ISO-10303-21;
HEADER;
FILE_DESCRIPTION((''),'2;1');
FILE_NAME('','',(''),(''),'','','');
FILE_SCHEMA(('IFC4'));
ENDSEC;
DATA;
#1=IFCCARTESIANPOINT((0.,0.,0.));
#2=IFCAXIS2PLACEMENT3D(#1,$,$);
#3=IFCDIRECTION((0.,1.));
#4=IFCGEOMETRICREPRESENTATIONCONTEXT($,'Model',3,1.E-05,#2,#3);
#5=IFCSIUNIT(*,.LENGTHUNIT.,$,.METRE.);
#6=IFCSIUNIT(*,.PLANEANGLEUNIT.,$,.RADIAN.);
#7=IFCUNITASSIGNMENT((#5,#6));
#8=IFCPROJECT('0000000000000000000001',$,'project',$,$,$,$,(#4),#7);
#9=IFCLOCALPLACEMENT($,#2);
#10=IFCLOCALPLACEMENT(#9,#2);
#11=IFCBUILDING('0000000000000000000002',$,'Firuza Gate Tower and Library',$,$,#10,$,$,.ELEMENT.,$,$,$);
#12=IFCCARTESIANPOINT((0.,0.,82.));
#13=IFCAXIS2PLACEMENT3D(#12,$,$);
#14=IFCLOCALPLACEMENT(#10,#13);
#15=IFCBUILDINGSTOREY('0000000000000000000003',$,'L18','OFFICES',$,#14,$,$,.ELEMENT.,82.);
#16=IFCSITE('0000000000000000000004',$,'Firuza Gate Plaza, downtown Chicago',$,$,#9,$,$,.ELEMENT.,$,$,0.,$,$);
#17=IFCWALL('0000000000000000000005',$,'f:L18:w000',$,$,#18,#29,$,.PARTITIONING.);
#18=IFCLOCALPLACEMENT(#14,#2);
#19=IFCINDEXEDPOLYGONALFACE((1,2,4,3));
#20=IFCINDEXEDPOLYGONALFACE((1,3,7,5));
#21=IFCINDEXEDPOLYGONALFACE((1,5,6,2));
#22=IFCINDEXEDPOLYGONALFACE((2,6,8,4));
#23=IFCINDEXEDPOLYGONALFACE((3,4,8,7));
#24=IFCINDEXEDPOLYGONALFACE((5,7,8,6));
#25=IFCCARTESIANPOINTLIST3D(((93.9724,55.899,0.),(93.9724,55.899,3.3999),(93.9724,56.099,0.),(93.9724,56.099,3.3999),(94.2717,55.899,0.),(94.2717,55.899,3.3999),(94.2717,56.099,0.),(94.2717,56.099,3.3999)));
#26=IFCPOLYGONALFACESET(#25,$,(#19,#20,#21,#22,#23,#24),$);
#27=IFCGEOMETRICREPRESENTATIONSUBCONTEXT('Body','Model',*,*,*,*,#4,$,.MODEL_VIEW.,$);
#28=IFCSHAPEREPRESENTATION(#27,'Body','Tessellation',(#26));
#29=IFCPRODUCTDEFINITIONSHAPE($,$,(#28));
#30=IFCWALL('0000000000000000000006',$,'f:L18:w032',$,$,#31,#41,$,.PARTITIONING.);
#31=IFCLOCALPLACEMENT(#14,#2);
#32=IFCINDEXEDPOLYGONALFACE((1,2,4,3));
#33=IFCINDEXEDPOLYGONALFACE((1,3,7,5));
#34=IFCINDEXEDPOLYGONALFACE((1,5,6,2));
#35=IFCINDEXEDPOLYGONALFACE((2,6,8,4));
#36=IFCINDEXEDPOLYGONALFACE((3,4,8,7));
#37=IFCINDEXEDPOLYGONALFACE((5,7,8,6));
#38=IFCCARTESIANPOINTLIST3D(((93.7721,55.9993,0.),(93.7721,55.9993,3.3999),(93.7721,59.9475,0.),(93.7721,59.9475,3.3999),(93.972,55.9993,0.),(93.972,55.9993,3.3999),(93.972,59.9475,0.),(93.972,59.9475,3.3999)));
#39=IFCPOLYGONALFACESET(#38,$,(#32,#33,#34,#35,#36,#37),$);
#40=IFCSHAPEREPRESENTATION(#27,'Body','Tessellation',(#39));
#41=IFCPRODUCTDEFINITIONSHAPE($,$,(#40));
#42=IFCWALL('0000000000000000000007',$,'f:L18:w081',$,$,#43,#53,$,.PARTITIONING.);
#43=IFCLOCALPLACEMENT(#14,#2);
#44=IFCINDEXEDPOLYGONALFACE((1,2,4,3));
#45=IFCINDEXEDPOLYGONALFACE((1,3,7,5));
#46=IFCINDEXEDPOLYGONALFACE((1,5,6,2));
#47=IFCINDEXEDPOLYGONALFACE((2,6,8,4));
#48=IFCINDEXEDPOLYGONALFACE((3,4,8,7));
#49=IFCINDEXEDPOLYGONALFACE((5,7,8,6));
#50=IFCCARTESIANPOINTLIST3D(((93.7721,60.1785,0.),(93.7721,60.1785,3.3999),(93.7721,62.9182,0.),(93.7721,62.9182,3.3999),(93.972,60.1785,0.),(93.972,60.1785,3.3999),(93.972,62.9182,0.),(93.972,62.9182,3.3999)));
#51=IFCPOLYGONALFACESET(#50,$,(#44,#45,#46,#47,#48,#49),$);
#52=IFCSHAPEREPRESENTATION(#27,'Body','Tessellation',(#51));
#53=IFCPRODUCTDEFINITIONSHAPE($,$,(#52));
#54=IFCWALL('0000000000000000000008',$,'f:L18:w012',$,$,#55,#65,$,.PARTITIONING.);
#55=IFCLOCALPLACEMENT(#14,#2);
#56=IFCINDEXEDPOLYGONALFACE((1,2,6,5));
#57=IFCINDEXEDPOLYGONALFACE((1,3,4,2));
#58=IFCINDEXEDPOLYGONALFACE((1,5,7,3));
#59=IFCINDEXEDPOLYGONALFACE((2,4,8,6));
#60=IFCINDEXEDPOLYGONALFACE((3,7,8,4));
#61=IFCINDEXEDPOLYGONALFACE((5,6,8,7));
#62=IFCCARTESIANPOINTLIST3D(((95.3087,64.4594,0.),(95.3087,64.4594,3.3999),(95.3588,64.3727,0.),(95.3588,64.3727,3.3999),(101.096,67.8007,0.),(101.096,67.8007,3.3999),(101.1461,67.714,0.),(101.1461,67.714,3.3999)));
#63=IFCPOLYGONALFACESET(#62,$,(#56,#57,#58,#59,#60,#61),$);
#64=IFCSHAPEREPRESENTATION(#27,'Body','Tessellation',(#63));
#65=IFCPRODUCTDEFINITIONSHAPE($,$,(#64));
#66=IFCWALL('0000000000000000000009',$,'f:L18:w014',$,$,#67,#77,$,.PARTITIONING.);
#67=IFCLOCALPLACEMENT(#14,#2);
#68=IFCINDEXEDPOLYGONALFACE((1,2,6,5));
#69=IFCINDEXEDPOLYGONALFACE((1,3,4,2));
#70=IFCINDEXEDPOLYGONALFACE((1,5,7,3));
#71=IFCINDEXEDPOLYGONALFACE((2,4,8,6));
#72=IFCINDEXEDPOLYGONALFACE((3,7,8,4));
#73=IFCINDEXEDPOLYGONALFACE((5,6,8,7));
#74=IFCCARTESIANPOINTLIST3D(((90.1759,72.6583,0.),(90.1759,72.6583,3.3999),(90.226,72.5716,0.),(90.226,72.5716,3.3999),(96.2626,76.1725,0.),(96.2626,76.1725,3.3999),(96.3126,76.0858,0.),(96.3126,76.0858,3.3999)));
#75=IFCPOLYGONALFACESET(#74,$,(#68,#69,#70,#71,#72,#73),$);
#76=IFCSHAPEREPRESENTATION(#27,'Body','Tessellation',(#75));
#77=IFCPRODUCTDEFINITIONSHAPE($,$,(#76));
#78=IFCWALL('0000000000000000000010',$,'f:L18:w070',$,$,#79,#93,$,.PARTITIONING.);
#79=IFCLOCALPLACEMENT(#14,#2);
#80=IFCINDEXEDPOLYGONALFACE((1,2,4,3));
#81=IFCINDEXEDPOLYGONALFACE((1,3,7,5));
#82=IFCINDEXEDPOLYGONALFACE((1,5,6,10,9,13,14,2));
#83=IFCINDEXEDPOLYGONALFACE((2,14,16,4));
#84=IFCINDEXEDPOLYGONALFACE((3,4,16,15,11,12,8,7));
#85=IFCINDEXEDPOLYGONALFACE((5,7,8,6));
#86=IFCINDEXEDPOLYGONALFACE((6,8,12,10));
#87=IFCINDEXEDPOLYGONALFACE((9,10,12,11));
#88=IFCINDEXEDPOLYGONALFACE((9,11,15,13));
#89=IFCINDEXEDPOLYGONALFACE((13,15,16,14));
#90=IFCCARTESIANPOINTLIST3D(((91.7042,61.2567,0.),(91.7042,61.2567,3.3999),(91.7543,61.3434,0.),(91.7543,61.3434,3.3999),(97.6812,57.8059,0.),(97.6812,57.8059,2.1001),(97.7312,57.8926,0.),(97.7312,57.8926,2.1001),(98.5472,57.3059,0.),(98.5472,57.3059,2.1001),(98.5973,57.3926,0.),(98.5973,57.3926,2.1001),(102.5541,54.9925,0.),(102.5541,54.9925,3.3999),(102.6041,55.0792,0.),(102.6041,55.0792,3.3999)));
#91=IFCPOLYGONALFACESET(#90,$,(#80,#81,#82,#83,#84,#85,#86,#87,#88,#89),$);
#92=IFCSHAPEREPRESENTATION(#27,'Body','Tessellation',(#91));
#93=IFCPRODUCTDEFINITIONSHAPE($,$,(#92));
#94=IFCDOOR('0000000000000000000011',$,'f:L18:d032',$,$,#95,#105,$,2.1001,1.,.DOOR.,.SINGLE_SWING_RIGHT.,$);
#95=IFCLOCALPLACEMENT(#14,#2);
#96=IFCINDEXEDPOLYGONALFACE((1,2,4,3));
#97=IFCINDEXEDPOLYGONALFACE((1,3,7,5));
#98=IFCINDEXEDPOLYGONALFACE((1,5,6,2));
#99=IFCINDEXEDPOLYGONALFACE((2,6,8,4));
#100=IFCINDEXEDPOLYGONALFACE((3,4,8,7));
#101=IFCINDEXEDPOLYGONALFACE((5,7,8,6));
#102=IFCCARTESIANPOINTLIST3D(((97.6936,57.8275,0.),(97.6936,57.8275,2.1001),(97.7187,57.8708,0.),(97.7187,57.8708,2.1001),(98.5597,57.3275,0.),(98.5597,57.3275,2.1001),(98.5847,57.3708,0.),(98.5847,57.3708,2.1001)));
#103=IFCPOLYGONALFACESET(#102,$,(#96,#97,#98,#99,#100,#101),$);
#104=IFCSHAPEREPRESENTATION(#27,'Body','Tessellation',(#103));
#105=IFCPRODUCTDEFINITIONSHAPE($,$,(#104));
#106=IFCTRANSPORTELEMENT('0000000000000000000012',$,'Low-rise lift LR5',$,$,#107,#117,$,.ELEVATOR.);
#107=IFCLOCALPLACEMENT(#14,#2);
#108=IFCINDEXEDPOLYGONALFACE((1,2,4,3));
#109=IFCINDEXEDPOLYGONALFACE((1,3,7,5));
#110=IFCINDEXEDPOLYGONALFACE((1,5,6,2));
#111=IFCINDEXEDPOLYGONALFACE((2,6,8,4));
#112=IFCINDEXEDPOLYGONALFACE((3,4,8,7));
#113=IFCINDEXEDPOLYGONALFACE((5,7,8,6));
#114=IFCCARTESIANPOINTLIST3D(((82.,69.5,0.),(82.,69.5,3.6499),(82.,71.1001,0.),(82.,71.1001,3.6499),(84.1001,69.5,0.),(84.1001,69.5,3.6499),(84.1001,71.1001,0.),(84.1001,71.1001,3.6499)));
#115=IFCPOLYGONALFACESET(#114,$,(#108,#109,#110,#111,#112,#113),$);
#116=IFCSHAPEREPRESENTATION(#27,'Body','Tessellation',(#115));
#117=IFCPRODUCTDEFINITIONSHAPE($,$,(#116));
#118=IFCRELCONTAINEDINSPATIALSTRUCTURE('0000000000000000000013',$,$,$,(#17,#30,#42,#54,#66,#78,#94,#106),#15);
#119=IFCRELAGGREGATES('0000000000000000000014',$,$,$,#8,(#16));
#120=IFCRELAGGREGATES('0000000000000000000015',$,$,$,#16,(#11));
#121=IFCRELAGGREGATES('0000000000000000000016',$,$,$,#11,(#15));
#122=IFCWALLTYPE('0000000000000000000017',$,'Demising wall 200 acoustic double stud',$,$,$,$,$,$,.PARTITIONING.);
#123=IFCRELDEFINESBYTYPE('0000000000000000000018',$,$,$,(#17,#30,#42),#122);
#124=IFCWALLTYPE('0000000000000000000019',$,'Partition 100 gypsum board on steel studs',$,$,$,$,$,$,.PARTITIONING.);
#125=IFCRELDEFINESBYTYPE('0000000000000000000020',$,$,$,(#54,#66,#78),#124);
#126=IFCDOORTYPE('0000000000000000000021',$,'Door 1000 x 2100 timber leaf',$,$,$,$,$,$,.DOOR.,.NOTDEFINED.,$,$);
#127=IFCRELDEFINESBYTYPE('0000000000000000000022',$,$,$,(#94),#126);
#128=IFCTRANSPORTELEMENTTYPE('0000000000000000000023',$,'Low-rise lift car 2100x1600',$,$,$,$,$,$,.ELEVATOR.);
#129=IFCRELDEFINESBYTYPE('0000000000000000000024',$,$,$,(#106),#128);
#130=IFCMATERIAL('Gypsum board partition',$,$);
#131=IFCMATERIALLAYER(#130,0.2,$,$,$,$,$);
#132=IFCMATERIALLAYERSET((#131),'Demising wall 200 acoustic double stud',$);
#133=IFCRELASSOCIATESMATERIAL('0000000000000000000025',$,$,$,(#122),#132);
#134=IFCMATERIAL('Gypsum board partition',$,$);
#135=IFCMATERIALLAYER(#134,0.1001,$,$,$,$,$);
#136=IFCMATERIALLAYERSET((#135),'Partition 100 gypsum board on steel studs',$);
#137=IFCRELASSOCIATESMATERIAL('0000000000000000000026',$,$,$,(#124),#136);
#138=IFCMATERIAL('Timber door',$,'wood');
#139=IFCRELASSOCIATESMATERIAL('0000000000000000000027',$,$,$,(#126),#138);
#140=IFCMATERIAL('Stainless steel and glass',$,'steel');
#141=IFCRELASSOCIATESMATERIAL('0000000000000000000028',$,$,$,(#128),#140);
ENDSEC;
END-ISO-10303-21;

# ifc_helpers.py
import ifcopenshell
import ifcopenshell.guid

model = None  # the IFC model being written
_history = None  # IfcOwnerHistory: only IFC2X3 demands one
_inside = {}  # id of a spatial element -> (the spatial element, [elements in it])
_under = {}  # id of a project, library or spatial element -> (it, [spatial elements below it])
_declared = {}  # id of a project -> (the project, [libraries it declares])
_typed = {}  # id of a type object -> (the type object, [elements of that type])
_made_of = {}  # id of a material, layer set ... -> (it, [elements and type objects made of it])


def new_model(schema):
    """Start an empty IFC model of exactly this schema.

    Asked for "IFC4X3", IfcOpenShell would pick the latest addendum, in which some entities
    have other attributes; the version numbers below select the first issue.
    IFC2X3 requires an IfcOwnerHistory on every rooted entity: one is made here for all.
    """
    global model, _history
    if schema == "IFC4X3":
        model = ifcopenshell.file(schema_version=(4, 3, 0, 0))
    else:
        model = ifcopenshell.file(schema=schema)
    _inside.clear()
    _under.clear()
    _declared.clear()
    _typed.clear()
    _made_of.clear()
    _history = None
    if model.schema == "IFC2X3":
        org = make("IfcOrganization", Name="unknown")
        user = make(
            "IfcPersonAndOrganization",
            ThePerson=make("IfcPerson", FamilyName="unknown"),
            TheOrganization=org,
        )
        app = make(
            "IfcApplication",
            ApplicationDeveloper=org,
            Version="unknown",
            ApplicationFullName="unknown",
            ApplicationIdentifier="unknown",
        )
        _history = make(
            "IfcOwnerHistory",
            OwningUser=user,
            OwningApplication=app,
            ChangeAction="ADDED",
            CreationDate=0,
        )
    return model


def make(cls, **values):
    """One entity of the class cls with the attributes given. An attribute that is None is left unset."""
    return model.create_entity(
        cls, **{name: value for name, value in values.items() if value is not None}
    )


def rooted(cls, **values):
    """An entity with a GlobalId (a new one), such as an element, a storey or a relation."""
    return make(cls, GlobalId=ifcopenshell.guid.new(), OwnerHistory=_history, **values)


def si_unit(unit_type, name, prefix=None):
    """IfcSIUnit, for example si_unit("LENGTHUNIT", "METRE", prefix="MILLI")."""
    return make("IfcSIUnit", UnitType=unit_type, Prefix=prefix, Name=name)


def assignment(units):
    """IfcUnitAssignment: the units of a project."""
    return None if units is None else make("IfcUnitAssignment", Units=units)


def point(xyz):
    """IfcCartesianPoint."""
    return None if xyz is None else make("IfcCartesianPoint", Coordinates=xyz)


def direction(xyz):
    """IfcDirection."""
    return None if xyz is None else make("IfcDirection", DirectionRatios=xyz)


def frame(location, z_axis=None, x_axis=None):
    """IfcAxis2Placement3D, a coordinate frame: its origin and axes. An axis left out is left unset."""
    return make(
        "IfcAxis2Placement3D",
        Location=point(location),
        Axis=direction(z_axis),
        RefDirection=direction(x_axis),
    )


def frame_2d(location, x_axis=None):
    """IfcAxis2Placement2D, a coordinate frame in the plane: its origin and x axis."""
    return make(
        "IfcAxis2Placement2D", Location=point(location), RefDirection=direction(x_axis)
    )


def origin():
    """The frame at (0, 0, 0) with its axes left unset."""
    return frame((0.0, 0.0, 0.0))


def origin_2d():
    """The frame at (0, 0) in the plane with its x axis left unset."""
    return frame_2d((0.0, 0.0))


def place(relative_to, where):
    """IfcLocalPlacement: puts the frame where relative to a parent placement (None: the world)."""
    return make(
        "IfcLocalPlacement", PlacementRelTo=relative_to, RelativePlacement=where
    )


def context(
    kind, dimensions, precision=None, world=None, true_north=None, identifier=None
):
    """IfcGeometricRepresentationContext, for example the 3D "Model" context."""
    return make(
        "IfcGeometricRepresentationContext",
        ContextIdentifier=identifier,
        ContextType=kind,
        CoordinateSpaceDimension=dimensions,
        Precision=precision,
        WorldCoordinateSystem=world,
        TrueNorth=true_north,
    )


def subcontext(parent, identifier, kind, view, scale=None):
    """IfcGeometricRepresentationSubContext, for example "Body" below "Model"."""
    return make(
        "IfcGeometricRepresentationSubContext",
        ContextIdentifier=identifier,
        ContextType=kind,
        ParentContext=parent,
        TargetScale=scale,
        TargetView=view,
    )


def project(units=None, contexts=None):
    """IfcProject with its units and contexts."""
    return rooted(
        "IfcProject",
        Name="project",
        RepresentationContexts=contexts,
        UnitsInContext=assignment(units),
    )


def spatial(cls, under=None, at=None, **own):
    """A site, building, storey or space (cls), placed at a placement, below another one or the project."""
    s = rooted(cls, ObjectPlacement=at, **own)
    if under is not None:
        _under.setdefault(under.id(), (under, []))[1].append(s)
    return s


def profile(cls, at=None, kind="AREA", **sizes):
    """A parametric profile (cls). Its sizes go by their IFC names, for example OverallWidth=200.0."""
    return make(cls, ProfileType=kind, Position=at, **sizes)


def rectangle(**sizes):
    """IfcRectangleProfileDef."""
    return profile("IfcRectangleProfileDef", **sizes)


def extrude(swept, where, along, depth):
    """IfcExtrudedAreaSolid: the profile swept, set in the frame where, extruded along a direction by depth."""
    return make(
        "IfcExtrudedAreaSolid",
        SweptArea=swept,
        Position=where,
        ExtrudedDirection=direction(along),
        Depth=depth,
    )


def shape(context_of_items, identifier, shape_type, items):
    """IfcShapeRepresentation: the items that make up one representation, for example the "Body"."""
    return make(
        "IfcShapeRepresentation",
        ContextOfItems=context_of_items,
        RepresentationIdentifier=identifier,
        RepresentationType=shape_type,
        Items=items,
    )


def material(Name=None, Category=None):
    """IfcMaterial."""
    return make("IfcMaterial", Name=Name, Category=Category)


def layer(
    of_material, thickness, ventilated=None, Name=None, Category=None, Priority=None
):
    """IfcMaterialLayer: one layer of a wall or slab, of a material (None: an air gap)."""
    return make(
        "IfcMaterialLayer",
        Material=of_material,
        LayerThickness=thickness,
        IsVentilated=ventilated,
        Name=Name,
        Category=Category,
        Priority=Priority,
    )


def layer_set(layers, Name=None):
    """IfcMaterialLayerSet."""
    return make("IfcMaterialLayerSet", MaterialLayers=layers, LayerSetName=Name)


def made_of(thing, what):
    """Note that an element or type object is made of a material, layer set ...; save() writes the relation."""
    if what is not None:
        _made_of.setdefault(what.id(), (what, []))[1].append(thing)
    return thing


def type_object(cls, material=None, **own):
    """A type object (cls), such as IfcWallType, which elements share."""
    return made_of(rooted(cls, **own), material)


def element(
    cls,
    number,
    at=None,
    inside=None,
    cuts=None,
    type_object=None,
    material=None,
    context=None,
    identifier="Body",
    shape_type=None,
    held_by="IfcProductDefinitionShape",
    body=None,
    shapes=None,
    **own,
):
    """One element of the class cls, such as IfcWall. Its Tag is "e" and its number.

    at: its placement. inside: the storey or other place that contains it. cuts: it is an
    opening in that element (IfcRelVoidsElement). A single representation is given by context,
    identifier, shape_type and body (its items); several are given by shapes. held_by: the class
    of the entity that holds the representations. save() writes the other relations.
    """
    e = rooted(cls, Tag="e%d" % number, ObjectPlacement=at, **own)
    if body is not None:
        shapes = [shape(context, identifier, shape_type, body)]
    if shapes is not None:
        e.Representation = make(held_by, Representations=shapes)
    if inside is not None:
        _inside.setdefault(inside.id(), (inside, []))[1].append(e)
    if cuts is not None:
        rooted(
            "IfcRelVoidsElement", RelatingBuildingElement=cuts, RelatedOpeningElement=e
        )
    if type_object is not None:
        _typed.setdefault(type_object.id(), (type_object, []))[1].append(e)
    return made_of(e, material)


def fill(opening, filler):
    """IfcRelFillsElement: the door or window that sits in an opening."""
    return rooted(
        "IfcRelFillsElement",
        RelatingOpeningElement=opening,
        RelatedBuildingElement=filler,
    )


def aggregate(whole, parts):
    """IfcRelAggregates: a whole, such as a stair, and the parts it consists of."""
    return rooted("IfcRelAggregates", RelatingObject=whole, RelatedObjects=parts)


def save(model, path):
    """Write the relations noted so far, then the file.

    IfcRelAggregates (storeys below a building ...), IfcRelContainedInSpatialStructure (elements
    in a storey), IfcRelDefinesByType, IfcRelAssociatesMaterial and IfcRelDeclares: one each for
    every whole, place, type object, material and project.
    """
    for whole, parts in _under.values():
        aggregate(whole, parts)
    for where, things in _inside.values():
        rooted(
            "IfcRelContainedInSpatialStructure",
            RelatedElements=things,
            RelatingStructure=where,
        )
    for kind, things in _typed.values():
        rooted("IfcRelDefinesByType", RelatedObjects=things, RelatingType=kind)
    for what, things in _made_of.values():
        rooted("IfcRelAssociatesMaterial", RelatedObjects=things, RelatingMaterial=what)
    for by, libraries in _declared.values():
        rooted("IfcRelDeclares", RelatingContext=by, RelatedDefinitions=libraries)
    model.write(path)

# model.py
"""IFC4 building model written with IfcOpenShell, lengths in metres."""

from ifc_helpers import new_model, si_unit, direction, frame, frame_2d, origin, origin_2d, place, context, subcontext, project, spatial, rectangle, extrude, material, layer, layer_set, type_object, element, fill, save


model = new_model("IFC4")

# Units and contexts
model_context = context("Model", 3, precision=1e-05, world=origin(), true_north=direction((0.0, 1.0)))
body_context = subcontext(model_context, "Body", "Model", "MODEL_VIEW")
ifc_project = project(units=[si_unit("LENGTHUNIT", "METRE"), si_unit("PLANEANGLEUNIT", "RADIAN")], contexts=[model_context])

# Site, building, storey
site_placement = place(None, origin())
site = spatial("IfcSite", under=ifc_project, at=site_placement, Name="Firuza Gate Plaza, downtown Chicago", CompositionType="ELEMENT", RefElevation=0.0)
building_placement = place(site_placement, origin())
building = spatial("IfcBuilding", under=site, at=building_placement, Name="Firuza Gate Tower and Library", CompositionType="ELEMENT")
storey_placement = place(building_placement, frame((0.0, 0.0, 82.0)))
storey = spatial("IfcBuildingStorey", under=building, at=storey_placement, Name="L18", Description="OFFICES", CompositionType="ELEMENT", Elevation=82.0)

# Walls
ifc_material_1 = material(Name="Gypsum board partition")
ifc_layer_1 = layer(ifc_material_1, 0.2)
ifc_layer_set_1 = layer_set([ifc_layer_1], Name="Demising wall 200 acoustic double stud")
wall_type_1 = type_object("IfcWallType", Name="Demising wall 200 acoustic double stud", PredefinedType="PARTITIONING", material=ifc_layer_set_1)
wall_1_placement = place(storey_placement, frame((93.9724, 55.999, 0.0), z_axis=(0.0, 0.0, 1.0), x_axis=(1.0, 0.0, 0.0)))
element("IfcWall", 1, at=wall_1_placement, inside=storey, type_object=wall_type_1, Name="f:L18:w000", PredefinedType="PARTITIONING", context=body_context, shape_type="SweptSolid", body=[
    extrude(rectangle(XDim=0.2993, YDim=0.2, at=frame_2d((0.1497, 0.0))), origin(), (0.0, 0.0, 1.0), 3.3999),
])
wall_2_placement = place(storey_placement, frame((93.8721, 55.9993, 0.0), z_axis=(0.0, 0.0, 1.0), x_axis=(0.0, 1.0, 0.0)))
element("IfcWall", 2, at=wall_2_placement, inside=storey, type_object=wall_type_1, Name="f:L18:w032", PredefinedType="PARTITIONING", context=body_context, shape_type="SweptSolid", body=[
    extrude(rectangle(XDim=3.9482, YDim=0.2, at=frame_2d((1.9741, 0.0))), origin(), (0.0, 0.0, 1.0), 3.3999),
])
wall_3_placement = place(storey_placement, frame((93.8721, 60.1785, 0.0), z_axis=(0.0, 0.0, 1.0), x_axis=(0.0, 1.0, 0.0)))
element("IfcWall", 3, at=wall_3_placement, inside=storey, type_object=wall_type_1, Name="f:L18:w081", PredefinedType="PARTITIONING", context=body_context, shape_type="SweptSolid", body=[
    extrude(rectangle(XDim=2.7397, YDim=0.2, at=frame_2d((1.3699, 0.0))), origin(), (0.0, 0.0, 1.0), 3.3999),
])
ifc_material_2 = material(Name="Gypsum board partition")
ifc_layer_2 = layer(ifc_material_2, 0.1001)
ifc_layer_set_2 = layer_set([ifc_layer_2], Name="Partition 100 gypsum board on steel studs")
wall_type_2 = type_object("IfcWallType", Name="Partition 100 gypsum board on steel studs", PredefinedType="PARTITIONING", material=ifc_layer_set_2)
wall_4_placement = place(storey_placement, frame((95.3337, 64.416, 0.0), z_axis=(0.0, 0.0, 1.0), x_axis=(0.866027, 0.499998, 0.0)))
element("IfcWall", 4, at=wall_4_placement, inside=storey, type_object=wall_type_2, Name="f:L18:w012", PredefinedType="PARTITIONING", context=body_context, shape_type="SweptSolid", body=[
    extrude(rectangle(XDim=6.6826, YDim=0.1001, at=frame_2d((3.3413, 0.0))), origin(), (0.0, 0.0, 1.0), 3.3999),
])
wall_5_placement = place(storey_placement, frame((90.2009, 72.615, 0.0), z_axis=(0.0, 0.0, 1.0), x_axis=(0.866024, 0.500002, 0.0)))
element("IfcWall", 5, at=wall_5_placement, inside=storey, type_object=wall_type_2, Name="f:L18:w014", PredefinedType="PARTITIONING", context=body_context, shape_type="SweptSolid", body=[
    extrude(rectangle(XDim=7.0283, YDim=0.1001, at=frame_2d((3.5142, 0.0))), origin(), (0.0, 0.0, 1.0), 3.3999),
])

# Wall, opening, door
wall_6_placement = place(storey_placement, frame((91.7292, 61.3, 0.0), z_axis=(0.0, 0.0, 1.0), x_axis=(0.866026, -0.5, 0.0)))
wall_6 = element("IfcWall", 6, at=wall_6_placement, inside=storey, type_object=wall_type_2, Name="f:L18:w070", PredefinedType="PARTITIONING", context=body_context, shape_type="SweptSolid", body=[
    extrude(rectangle(XDim=12.5283, YDim=0.1001, at=frame_2d((6.2642, 0.0))), origin(), (0.0, 0.0, 1.0), 3.3999),
])
opening_1_placement = place(wall_6_placement, frame((6.9016, 0.0, 0.0)))
opening_1 = element("IfcOpeningElement", 7, at=opening_1_placement, cuts=wall_6, PredefinedType="OPENING", context=body_context, shape_type="SweptSolid", body=[
    extrude(rectangle(XDim=1.0, YDim=2.1001, at=frame_2d((0.5, 1.05))), frame((0.0, 0.0601, 0.0), z_axis=(0.0, -1.0, 0.0), x_axis=(1.0, 0.0, 0.0)), (0.0, 0.0, 1.0), 0.1201),
])
ifc_material_3 = material(Name="Timber door", Category="wood")
door_type_1 = type_object("IfcDoorType", Name="Door 1000 x 2100 timber leaf", OperationType="NOTDEFINED", PredefinedType="DOOR", material=ifc_material_3)
door_1_placement = place(opening_1_placement, origin())
door_1 = element("IfcDoor", 8, at=door_1_placement, inside=storey, type_object=door_type_1, Name="f:L18:d032", OperationType="SINGLE_SWING_RIGHT", OverallHeight=2.1001, OverallWidth=1.0, PredefinedType="DOOR", context=body_context, shape_type="SweptSolid", body=[
    extrude(rectangle(XDim=1.0, YDim=2.1001, at=frame_2d((0.5, 1.05))), frame((0.0, 0.0249, 0.0), z_axis=(0.0, -1.0, 0.0), x_axis=(1.0, 0.0, 0.0)), (0.0, 0.0, 1.0), 0.05),
])
fill(opening_1, door_1)

# Transport element
ifc_material_4 = material(Name="Stainless steel and glass", Category="steel")
transport_element_type = type_object("IfcTransportElementType", Name="Low-rise lift car 2100x1600", PredefinedType="ELEVATOR", material=ifc_material_4)
transport_element_placement = place(storey_placement, frame((83.05, 70.3, 0.0), z_axis=(0.0, 0.0, 1.0), x_axis=(1.0, 0.0, 0.0)))
element("IfcTransportElement", 9, at=transport_element_placement, inside=storey, type_object=transport_element_type, Name="Low-rise lift LR5", PredefinedType="ELEVATOR", context=body_context, shape_type="SweptSolid", body=[
    extrude(rectangle(XDim=2.1001, YDim=1.6001, at=origin_2d()), origin(), (0.0, 0.0, 1.0), 3.6499),
])

save(model, "model.ifc")
